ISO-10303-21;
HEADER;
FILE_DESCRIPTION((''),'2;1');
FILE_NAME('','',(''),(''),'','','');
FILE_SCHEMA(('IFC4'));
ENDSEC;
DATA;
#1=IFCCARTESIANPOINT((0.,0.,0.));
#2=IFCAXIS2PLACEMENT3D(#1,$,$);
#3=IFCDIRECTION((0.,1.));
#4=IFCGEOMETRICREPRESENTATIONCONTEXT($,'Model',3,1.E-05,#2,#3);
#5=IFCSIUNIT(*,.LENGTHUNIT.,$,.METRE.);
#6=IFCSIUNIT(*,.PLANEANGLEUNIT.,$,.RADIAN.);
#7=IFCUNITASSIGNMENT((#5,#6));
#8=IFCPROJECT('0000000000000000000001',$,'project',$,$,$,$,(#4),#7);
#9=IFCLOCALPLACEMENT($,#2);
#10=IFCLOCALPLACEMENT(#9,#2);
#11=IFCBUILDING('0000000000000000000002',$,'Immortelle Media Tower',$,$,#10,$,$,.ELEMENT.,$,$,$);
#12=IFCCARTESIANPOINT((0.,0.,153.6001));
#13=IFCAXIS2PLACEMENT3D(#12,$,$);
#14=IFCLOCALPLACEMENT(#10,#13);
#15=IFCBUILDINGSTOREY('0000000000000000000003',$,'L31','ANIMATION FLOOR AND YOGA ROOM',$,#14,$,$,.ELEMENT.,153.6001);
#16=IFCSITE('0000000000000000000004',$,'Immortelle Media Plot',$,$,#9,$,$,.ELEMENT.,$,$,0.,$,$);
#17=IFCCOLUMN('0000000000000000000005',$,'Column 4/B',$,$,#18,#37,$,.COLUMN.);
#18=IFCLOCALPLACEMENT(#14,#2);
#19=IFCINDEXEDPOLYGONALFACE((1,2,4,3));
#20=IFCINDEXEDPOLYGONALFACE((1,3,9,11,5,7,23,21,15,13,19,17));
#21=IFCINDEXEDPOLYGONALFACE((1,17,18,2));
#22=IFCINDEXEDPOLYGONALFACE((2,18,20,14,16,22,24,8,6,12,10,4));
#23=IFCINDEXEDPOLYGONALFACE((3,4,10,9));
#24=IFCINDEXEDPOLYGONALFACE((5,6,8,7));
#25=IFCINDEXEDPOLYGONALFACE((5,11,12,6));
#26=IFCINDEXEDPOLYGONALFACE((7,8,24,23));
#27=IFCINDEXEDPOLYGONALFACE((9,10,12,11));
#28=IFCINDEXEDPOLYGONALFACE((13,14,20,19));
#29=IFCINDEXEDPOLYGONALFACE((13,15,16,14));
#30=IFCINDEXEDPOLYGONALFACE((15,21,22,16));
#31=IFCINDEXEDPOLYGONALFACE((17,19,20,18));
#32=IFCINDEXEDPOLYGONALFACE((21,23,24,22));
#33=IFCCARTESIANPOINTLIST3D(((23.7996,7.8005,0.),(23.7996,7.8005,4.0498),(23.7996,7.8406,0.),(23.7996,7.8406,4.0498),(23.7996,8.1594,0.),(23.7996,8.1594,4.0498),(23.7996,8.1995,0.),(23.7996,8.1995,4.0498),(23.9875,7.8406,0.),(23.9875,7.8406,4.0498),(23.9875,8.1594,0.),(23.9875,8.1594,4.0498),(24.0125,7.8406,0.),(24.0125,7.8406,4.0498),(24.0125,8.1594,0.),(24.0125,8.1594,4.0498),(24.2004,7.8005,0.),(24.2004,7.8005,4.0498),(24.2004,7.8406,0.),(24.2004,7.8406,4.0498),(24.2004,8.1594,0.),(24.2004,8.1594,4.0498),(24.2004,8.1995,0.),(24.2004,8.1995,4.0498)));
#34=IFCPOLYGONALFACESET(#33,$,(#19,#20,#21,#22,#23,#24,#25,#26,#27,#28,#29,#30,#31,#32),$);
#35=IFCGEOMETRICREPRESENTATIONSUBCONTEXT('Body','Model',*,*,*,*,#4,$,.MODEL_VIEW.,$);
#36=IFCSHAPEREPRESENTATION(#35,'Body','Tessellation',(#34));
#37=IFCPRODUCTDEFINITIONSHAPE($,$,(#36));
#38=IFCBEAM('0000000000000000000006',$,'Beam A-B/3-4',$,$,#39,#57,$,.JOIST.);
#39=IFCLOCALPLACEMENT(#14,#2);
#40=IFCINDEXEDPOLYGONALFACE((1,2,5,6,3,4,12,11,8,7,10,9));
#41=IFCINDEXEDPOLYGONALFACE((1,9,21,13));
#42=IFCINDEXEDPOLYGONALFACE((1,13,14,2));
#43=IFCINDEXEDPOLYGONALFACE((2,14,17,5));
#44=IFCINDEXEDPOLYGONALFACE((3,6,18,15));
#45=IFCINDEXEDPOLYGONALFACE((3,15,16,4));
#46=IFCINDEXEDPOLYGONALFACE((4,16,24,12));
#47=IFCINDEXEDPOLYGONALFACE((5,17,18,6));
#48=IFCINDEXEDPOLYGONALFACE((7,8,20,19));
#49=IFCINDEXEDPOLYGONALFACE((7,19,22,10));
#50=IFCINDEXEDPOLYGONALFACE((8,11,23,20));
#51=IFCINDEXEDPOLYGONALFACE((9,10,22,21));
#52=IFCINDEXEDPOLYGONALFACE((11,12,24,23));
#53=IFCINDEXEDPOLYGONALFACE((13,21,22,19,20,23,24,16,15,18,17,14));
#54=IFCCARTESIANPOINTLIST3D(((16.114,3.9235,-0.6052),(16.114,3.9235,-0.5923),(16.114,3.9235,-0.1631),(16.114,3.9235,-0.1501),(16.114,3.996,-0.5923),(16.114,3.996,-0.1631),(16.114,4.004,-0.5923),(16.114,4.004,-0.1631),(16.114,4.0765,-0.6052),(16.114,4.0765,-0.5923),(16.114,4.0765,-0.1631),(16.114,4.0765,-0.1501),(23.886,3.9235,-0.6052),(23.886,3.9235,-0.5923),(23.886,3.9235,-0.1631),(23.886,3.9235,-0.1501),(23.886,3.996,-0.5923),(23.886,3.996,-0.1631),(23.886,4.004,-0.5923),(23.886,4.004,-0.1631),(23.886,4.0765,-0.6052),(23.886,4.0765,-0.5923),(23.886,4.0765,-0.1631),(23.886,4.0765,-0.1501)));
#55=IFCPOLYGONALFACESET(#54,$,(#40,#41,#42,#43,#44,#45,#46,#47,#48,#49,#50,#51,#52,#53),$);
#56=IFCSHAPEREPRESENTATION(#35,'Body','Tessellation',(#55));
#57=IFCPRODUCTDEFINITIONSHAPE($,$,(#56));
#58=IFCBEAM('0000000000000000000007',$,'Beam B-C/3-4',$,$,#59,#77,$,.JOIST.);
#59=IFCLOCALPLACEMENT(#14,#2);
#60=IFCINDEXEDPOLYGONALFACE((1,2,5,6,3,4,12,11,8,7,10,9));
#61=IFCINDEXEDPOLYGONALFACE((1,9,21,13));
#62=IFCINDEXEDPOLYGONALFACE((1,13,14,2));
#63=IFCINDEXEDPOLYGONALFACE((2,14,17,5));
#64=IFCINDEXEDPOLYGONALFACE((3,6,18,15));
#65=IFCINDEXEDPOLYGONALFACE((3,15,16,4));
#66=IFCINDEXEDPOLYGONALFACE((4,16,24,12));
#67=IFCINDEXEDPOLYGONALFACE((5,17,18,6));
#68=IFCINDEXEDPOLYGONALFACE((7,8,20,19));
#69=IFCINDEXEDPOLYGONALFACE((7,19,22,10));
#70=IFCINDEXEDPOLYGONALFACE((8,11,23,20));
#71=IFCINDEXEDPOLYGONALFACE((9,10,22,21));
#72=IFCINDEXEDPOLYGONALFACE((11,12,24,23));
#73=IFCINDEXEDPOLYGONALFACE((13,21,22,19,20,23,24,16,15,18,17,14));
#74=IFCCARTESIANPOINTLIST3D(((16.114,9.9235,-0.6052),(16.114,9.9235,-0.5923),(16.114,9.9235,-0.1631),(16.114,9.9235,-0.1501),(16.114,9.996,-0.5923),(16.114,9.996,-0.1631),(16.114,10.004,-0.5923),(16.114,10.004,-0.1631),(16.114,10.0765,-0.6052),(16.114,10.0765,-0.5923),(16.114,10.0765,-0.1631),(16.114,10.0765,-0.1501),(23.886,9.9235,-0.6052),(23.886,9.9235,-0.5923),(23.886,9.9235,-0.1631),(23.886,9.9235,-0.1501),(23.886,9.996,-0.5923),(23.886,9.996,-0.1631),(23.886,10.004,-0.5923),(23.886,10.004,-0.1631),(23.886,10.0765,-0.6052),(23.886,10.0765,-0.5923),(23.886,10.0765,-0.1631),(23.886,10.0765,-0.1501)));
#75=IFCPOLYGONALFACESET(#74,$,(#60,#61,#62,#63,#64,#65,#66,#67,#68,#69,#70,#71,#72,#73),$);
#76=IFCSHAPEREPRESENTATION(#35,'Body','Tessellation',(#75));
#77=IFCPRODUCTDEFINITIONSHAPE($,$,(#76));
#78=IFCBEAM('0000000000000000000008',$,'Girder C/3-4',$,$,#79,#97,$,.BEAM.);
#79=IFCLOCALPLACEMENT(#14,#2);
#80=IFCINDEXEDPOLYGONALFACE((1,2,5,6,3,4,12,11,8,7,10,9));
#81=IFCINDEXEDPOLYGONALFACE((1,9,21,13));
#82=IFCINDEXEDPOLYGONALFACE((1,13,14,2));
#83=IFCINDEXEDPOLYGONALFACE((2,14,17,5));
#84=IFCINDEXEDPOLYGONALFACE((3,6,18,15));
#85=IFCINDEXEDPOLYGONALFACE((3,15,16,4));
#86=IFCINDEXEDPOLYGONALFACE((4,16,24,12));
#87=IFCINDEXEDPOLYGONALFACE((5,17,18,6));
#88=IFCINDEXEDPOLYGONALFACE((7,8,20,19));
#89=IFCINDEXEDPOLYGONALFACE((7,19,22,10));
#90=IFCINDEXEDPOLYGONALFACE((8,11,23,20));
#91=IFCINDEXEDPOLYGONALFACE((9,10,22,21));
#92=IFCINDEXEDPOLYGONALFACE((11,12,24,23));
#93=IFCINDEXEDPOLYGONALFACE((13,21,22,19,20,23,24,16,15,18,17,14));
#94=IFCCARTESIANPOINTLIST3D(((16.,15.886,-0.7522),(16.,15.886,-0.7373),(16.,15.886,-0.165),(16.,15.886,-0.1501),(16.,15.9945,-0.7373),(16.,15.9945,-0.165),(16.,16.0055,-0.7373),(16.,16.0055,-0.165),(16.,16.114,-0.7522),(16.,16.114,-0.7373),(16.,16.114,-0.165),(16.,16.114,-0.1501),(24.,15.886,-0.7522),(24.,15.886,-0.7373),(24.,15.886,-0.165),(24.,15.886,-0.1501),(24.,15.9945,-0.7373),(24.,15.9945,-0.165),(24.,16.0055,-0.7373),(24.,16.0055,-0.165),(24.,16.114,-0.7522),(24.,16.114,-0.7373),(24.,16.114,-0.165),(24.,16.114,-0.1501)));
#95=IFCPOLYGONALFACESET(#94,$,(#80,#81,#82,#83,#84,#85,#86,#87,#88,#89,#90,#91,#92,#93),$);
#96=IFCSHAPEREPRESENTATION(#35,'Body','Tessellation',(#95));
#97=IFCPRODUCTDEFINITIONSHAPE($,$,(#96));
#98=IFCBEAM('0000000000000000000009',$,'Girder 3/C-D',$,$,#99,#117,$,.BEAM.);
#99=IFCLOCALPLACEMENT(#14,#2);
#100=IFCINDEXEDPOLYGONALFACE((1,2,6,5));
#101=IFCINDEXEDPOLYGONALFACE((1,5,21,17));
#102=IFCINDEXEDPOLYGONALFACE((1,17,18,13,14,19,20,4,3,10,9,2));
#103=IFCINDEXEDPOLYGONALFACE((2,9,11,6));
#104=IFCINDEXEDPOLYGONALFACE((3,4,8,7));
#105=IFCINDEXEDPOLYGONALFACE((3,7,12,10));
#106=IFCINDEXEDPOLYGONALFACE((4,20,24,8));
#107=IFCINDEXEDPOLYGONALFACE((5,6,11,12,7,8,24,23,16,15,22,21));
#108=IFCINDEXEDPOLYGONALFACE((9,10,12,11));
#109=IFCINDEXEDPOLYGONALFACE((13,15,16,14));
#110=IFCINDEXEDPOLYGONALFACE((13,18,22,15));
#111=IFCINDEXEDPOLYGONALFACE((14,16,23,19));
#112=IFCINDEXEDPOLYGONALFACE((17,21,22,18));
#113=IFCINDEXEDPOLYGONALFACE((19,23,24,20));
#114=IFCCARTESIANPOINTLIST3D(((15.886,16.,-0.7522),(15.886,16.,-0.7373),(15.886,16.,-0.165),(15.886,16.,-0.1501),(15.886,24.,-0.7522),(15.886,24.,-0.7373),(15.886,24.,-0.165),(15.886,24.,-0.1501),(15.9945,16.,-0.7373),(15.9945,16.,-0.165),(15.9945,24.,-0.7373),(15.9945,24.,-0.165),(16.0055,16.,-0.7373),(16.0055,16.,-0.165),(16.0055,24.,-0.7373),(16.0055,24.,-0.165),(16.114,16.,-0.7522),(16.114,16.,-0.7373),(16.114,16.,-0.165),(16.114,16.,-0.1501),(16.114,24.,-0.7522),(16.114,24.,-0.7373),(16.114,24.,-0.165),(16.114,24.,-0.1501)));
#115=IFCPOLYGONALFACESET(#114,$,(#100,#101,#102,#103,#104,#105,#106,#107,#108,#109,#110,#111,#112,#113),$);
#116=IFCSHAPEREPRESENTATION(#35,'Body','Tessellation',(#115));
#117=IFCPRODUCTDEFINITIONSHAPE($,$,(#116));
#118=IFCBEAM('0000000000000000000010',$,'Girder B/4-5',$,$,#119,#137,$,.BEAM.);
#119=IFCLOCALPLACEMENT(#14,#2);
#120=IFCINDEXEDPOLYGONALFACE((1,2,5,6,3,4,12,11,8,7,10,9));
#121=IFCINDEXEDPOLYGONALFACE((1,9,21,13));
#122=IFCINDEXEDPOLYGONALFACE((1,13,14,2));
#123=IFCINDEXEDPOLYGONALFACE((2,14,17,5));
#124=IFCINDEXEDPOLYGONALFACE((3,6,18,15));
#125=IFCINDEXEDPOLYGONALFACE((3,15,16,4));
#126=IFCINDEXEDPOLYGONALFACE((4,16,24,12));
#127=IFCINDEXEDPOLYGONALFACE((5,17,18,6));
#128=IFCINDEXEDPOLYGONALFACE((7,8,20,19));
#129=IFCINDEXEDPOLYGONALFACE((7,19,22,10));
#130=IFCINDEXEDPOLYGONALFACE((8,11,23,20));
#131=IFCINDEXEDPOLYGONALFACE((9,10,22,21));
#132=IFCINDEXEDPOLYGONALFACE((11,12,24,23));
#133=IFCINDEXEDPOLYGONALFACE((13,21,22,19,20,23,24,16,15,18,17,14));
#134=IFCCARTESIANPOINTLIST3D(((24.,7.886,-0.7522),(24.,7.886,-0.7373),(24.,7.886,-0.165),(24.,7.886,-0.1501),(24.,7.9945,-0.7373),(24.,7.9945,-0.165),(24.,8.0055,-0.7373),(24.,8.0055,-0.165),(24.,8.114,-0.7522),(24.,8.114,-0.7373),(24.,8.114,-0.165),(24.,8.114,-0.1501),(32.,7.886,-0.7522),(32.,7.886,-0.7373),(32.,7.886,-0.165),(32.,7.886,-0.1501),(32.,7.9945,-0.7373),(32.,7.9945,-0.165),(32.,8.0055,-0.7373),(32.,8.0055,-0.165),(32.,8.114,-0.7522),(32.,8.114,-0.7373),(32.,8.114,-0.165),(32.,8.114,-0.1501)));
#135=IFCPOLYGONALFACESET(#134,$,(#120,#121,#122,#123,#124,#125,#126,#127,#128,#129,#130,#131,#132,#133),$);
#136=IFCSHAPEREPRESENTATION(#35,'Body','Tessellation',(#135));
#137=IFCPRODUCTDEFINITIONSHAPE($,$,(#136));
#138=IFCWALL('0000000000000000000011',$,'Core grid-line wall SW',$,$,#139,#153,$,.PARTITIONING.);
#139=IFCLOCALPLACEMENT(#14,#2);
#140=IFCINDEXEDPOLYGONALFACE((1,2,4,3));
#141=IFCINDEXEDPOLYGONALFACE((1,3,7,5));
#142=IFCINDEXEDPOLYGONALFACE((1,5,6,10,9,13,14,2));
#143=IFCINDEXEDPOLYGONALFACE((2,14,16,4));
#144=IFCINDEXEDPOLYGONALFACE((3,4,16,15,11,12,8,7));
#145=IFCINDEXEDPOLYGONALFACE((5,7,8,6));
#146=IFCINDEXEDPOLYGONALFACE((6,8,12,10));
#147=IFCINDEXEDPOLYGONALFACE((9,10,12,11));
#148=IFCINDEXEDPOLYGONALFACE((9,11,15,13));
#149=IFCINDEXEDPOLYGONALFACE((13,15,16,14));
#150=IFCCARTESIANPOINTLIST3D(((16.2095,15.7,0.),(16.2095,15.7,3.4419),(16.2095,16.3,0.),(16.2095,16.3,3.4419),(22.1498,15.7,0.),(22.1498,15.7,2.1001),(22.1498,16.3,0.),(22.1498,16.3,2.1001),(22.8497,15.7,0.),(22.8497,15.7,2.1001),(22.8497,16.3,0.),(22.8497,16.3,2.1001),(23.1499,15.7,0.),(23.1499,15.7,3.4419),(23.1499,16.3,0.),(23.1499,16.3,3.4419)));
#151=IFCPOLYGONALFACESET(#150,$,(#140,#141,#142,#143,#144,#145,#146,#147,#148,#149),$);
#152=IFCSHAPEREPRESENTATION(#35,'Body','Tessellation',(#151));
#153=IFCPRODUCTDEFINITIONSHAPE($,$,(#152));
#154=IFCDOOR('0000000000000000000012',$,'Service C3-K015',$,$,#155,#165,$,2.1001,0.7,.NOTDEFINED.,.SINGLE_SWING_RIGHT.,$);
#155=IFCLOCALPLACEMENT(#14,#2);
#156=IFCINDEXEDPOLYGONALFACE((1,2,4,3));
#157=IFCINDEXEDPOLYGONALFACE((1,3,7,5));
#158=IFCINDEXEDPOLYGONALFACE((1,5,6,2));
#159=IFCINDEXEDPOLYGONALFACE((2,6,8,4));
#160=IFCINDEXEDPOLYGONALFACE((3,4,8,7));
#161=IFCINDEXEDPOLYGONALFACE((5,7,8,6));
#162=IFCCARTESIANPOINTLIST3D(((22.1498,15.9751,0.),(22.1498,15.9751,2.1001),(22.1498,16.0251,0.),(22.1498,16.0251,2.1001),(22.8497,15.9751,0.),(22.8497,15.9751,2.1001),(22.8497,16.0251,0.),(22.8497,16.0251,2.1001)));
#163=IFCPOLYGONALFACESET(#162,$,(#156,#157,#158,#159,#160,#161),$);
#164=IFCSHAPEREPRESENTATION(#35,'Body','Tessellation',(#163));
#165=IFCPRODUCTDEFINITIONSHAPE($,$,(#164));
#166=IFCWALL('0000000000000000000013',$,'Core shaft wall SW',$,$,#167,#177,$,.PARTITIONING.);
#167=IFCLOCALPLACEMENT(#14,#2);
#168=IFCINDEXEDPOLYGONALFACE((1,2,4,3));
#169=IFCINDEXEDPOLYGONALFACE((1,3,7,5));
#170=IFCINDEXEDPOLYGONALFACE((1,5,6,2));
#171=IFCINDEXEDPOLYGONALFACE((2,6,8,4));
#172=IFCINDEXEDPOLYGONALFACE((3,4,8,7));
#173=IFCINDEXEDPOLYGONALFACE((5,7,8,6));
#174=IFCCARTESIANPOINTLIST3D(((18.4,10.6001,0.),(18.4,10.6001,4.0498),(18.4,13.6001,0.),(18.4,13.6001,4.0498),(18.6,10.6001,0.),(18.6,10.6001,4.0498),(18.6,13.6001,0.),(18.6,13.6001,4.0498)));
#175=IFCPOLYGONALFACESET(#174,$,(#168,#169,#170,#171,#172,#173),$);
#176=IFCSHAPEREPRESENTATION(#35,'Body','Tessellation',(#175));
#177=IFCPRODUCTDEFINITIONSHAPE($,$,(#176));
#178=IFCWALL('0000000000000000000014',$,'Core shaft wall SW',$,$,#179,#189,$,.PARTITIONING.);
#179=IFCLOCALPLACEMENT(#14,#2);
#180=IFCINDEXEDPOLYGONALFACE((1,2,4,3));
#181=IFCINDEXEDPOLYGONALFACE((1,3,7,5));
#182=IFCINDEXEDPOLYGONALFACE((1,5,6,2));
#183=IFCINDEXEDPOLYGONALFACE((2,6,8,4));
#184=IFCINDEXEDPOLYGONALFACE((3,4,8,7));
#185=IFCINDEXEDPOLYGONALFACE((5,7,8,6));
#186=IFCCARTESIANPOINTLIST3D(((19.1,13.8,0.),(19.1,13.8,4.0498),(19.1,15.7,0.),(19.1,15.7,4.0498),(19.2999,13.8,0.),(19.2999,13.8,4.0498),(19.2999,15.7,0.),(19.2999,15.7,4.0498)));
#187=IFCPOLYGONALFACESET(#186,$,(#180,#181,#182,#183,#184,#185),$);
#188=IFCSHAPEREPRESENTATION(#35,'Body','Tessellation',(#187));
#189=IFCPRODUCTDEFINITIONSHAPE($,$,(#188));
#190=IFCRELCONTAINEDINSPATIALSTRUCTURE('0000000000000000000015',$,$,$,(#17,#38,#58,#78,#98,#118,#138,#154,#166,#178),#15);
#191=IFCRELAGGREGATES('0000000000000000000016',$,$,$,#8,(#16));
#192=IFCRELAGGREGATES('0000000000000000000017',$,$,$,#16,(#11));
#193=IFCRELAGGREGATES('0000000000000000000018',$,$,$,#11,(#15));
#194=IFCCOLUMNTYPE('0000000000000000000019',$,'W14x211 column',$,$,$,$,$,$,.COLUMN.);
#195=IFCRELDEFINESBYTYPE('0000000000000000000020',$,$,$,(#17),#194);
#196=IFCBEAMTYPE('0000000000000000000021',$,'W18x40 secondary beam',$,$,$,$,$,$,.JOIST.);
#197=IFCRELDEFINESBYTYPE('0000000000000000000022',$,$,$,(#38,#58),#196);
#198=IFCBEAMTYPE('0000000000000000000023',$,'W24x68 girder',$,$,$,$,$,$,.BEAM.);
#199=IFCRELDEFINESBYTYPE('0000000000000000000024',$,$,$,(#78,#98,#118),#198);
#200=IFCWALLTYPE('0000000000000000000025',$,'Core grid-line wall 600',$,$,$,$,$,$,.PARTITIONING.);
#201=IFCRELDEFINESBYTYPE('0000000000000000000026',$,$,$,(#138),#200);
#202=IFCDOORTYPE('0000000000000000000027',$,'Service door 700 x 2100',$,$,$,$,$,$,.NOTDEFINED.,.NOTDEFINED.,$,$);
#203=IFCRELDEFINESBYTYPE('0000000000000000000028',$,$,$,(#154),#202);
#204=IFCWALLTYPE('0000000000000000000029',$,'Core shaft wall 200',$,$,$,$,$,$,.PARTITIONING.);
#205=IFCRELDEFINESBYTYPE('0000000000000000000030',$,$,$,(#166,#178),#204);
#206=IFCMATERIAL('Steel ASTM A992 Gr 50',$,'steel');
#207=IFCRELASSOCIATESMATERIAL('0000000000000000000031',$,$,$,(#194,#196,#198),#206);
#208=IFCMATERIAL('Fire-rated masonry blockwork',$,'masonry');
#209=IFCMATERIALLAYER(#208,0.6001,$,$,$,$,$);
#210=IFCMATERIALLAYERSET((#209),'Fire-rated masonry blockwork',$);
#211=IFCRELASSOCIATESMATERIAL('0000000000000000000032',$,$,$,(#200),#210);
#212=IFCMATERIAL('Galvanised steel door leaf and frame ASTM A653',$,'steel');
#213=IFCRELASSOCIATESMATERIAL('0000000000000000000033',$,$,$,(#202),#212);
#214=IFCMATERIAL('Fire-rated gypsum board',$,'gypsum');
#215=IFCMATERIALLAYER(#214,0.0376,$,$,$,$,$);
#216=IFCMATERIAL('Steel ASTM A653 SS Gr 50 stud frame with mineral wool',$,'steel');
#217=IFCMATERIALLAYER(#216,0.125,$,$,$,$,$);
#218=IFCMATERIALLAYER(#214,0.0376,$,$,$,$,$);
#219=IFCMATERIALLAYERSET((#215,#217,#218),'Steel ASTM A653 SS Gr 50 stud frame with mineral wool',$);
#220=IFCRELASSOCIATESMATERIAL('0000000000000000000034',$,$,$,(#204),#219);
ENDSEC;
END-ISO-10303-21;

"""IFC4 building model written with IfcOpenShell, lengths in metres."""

from ifc_helpers import new_model, si_unit, direction, frame, frame_2d, origin, origin_2d, place, context, subcontext, project, spatial, rectangle, i_section, extrude, material, layer, layer_set, material_profile, profile_set, type_object, element, fill, save


model = new_model("IFC4")

# Units and contexts
model_context = context("Model", 3, precision=1e-05, world=origin(), true_north=direction((0.0, 1.0)))
body_context = subcontext(model_context, "Body", "Model", "MODEL_VIEW")
ifc_project = project(units=[si_unit("LENGTHUNIT", "METRE"), si_unit("PLANEANGLEUNIT", "RADIAN")], contexts=[model_context])

# Site, building, storey
site_placement = place(None, origin())
site = spatial("IfcSite", under=ifc_project, at=site_placement, Name="Immortelle Media Plot", CompositionType="ELEMENT", RefElevation=0.0)
building_placement = place(site_placement, origin())
building = spatial("IfcBuilding", under=site, at=building_placement, Name="Immortelle Media Tower", CompositionType="ELEMENT")
storey_placement = place(building_placement, frame((0.0, 0.0, 153.6001)))
storey = spatial("IfcBuildingStorey", under=building, at=storey_placement, Name="L31", Description="ANIMATION FLOOR AND YOGA ROOM", CompositionType="ELEMENT", Elevation=153.6001)

# Column
ifc_material_1 = material(Name="Steel ASTM A992 Gr 50", Category="steel")
ifc_material_profile_1 = material_profile(ifc_material_1, i_section(OverallWidth=0.4009, OverallDepth=0.3989, WebThickness=0.0249, FlangeThickness=0.04, at=origin_2d()), Name="W14x211")
ifc_profile_set_1 = profile_set([ifc_material_profile_1], Name="Steel ASTM A992 Gr 50")
column_type = type_object("IfcColumnType", Name="W14x211 column", PredefinedType="COLUMN", material=ifc_profile_set_1)
column_placement = place(storey_placement, frame((24.0, 8.0, 0.0), z_axis=(0.0, 0.0, 1.0), x_axis=(1.0, 0.0, 0.0)))
element("IfcColumn", 1, at=column_placement, inside=storey, type_object=column_type, Name="Column 4/B", PredefinedType="COLUMN", context=body_context, shape_type="SweptSolid", body=[
    extrude(i_section(OverallWidth=0.4009, OverallDepth=0.3989, WebThickness=0.0249, FlangeThickness=0.04, at=origin_2d()), origin(), (0.0, 0.0, 1.0), 4.0498),
])

# Beams
ifc_material_profile_2 = material_profile(ifc_material_1, i_section(OverallWidth=0.1531, OverallDepth=0.4551, WebThickness=0.0081, FlangeThickness=0.0129, at=origin_2d()), Name="W18x40")
ifc_profile_set_2 = profile_set([ifc_material_profile_2], Name="Steel ASTM A992 Gr 50")
beam_type_1 = type_object("IfcBeamType", Name="W18x40 secondary beam", PredefinedType="JOIST", material=ifc_profile_set_2)
for number, where, z_axis, x_axis, name in (
    (2, (16.114, 4.0, -0.3777), (1.0, 0.0, 0.0), (0.0, 1.0, 0.0), "Beam A-B/3-4"),
    (3, (16.114, 10.0, -0.3777), (1.0, 0.0, 0.0), (0.0, 1.0, 0.0), "Beam B-C/3-4"),
):
    element("IfcBeam", number, at=place(storey_placement, frame(where, z_axis=z_axis, x_axis=x_axis)), inside=storey, type_object=beam_type_1, Name=name, PredefinedType="JOIST", context=body_context, shape_type="SweptSolid", body=[
        extrude(i_section(OverallWidth=0.1531, OverallDepth=0.4551, WebThickness=0.0081, FlangeThickness=0.0129, at=origin_2d()), origin(), (0.0, 0.0, 1.0), 7.772),
    ])
ifc_material_profile_3 = material_profile(ifc_material_1, i_section(OverallWidth=0.228, OverallDepth=0.6021, WebThickness=0.011, FlangeThickness=0.0149, at=origin_2d()), Name="W24x68")
ifc_profile_set_3 = profile_set([ifc_material_profile_3], Name="Steel ASTM A992 Gr 50")
beam_type_2 = type_object("IfcBeamType", Name="W24x68 girder", PredefinedType="BEAM", material=ifc_profile_set_3)
for number, where, z_axis, x_axis, name in (
    (4, (16.0, 16.0, -0.4512), (1.0, 0.0, 0.0), (0.0, 1.0, 0.0), "Girder C/3-4"),
    (5, (16.0, 16.0, -0.4512), (0.0, 1.0, 0.0), (-1.0, 0.0, 0.0), "Girder 3/C-D"),
    (6, (24.0, 8.0, -0.4512), (1.0, 0.0, 0.0), (0.0, 1.0, 0.0), "Girder B/4-5"),
):
    element("IfcBeam", number, at=place(storey_placement, frame(where, z_axis=z_axis, x_axis=x_axis)), inside=storey, type_object=beam_type_2, Name=name, PredefinedType="BEAM", context=body_context, shape_type="SweptSolid", body=[
        extrude(i_section(OverallWidth=0.228, OverallDepth=0.6021, WebThickness=0.011, FlangeThickness=0.0149, at=origin_2d()), origin(), (0.0, 0.0, 1.0), 8.0),
    ])

# Wall, opening, door
ifc_material_2 = material(Name="Fire-rated masonry blockwork", Category="masonry")
ifc_layer_1 = layer(ifc_material_2, 0.6001)
ifc_layer_set_1 = layer_set([ifc_layer_1], Name="Fire-rated masonry blockwork")
wall_type_1 = type_object("IfcWallType", Name="Core grid-line wall 600", PredefinedType="PARTITIONING", material=ifc_layer_set_1)
wall_1_placement = place(storey_placement, frame((16.2095, 16.0, 0.0), z_axis=(0.0, 0.0, 1.0), x_axis=(1.0, 0.0, 0.0)))
wall_1 = element("IfcWall", 7, at=wall_1_placement, inside=storey, type_object=wall_type_1, Name="Core grid-line wall SW", PredefinedType="PARTITIONING", context=body_context, shape_type="SweptSolid", body=[
    extrude(rectangle(XDim=6.9404, YDim=0.6001, at=frame_2d((3.4702, 0.0))), origin(), (0.0, 0.0, 1.0), 3.4419),
])
opening_1_placement = place(wall_1_placement, frame((6.6404, 0.0, 0.0), z_axis=(0.0, 0.0, 1.0), x_axis=(-1.0, 0.0, 0.0)))
opening_1 = element("IfcOpeningElement", 8, at=opening_1_placement, cuts=wall_1, PredefinedType="OPENING", context=body_context, shape_type="SweptSolid", body=[
    extrude(rectangle(XDim=0.7, YDim=2.1001, at=frame_2d((0.3501, 1.05))), frame((0.0, 0.3101, 0.0), z_axis=(0.0, -1.0, 0.0), x_axis=(1.0, 0.0, 0.0)), (0.0, 0.0, 1.0), 0.6201),
])
ifc_material_3 = material(Name="Galvanised steel door leaf and frame ASTM A653", Category="steel")
door_type_1 = type_object("IfcDoorType", Name="Service door 700 x 2100", OperationType="NOTDEFINED", PredefinedType="NOTDEFINED", material=ifc_material_3)
door_1_placement = place(opening_1_placement, origin())
door_1 = element("IfcDoor", 9, at=door_1_placement, inside=storey, type_object=door_type_1, Name="Service C3-K015", OperationType="SINGLE_SWING_RIGHT", OverallHeight=2.1001, OverallWidth=0.7, PredefinedType="NOTDEFINED", context=body_context, shape_type="SweptSolid", body=[
    extrude(rectangle(XDim=0.7, YDim=2.1001, at=frame_2d((0.3501, 1.05))), frame((0.0, 0.0249, 0.0), z_axis=(0.0, -1.0, 0.0), x_axis=(1.0, 0.0, 0.0)), (0.0, 0.0, 1.0), 0.05),
])
fill(opening_1, door_1)

# Walls
ifc_material_4 = material(Name="Fire-rated gypsum board", Category="gypsum")
ifc_layer_2 = layer(ifc_material_4, 0.0376)
ifc_material_5 = material(Name="Steel ASTM A653 SS Gr 50 stud frame with mineral wool", Category="steel")
ifc_layer_3 = layer(ifc_material_5, 0.125)
ifc_layer_4 = layer(ifc_material_4, 0.0376)
ifc_layer_set_2 = layer_set([ifc_layer_2, ifc_layer_3, ifc_layer_4], Name="Steel ASTM A653 SS Gr 50 stud frame with mineral wool")
wall_type_2 = type_object("IfcWallType", Name="Core shaft wall 200", PredefinedType="PARTITIONING", material=ifc_layer_set_2)
wall_2_placement = place(storey_placement, frame((18.5, 10.6001, 0.0), z_axis=(0.0, 0.0, 1.0), x_axis=(0.0, 1.0, 0.0)))
element("IfcWall", 10, at=wall_2_placement, inside=storey, type_object=wall_type_2, Name="Core shaft wall SW", PredefinedType="PARTITIONING", context=body_context, shape_type="SweptSolid", body=[
    extrude(rectangle(XDim=3.0, YDim=0.2, at=frame_2d((1.5, 0.0))), origin(), (0.0, 0.0, 1.0), 4.0498),
])
wall_3_placement = place(storey_placement, frame((19.2, 13.8, 0.0), z_axis=(0.0, 0.0, 1.0), x_axis=(0.0, 1.0, 0.0)))
element("IfcWall", 11, at=wall_3_placement, inside=storey, type_object=wall_type_2, Name="Core shaft wall SW", PredefinedType="PARTITIONING", context=body_context, shape_type="SweptSolid", body=[
    extrude(rectangle(XDim=1.8999, YDim=0.2, at=frame_2d((0.95, 0.0))), origin(), (0.0, 0.0, 1.0), 4.0498),
])

save(model, "model.ifc")
